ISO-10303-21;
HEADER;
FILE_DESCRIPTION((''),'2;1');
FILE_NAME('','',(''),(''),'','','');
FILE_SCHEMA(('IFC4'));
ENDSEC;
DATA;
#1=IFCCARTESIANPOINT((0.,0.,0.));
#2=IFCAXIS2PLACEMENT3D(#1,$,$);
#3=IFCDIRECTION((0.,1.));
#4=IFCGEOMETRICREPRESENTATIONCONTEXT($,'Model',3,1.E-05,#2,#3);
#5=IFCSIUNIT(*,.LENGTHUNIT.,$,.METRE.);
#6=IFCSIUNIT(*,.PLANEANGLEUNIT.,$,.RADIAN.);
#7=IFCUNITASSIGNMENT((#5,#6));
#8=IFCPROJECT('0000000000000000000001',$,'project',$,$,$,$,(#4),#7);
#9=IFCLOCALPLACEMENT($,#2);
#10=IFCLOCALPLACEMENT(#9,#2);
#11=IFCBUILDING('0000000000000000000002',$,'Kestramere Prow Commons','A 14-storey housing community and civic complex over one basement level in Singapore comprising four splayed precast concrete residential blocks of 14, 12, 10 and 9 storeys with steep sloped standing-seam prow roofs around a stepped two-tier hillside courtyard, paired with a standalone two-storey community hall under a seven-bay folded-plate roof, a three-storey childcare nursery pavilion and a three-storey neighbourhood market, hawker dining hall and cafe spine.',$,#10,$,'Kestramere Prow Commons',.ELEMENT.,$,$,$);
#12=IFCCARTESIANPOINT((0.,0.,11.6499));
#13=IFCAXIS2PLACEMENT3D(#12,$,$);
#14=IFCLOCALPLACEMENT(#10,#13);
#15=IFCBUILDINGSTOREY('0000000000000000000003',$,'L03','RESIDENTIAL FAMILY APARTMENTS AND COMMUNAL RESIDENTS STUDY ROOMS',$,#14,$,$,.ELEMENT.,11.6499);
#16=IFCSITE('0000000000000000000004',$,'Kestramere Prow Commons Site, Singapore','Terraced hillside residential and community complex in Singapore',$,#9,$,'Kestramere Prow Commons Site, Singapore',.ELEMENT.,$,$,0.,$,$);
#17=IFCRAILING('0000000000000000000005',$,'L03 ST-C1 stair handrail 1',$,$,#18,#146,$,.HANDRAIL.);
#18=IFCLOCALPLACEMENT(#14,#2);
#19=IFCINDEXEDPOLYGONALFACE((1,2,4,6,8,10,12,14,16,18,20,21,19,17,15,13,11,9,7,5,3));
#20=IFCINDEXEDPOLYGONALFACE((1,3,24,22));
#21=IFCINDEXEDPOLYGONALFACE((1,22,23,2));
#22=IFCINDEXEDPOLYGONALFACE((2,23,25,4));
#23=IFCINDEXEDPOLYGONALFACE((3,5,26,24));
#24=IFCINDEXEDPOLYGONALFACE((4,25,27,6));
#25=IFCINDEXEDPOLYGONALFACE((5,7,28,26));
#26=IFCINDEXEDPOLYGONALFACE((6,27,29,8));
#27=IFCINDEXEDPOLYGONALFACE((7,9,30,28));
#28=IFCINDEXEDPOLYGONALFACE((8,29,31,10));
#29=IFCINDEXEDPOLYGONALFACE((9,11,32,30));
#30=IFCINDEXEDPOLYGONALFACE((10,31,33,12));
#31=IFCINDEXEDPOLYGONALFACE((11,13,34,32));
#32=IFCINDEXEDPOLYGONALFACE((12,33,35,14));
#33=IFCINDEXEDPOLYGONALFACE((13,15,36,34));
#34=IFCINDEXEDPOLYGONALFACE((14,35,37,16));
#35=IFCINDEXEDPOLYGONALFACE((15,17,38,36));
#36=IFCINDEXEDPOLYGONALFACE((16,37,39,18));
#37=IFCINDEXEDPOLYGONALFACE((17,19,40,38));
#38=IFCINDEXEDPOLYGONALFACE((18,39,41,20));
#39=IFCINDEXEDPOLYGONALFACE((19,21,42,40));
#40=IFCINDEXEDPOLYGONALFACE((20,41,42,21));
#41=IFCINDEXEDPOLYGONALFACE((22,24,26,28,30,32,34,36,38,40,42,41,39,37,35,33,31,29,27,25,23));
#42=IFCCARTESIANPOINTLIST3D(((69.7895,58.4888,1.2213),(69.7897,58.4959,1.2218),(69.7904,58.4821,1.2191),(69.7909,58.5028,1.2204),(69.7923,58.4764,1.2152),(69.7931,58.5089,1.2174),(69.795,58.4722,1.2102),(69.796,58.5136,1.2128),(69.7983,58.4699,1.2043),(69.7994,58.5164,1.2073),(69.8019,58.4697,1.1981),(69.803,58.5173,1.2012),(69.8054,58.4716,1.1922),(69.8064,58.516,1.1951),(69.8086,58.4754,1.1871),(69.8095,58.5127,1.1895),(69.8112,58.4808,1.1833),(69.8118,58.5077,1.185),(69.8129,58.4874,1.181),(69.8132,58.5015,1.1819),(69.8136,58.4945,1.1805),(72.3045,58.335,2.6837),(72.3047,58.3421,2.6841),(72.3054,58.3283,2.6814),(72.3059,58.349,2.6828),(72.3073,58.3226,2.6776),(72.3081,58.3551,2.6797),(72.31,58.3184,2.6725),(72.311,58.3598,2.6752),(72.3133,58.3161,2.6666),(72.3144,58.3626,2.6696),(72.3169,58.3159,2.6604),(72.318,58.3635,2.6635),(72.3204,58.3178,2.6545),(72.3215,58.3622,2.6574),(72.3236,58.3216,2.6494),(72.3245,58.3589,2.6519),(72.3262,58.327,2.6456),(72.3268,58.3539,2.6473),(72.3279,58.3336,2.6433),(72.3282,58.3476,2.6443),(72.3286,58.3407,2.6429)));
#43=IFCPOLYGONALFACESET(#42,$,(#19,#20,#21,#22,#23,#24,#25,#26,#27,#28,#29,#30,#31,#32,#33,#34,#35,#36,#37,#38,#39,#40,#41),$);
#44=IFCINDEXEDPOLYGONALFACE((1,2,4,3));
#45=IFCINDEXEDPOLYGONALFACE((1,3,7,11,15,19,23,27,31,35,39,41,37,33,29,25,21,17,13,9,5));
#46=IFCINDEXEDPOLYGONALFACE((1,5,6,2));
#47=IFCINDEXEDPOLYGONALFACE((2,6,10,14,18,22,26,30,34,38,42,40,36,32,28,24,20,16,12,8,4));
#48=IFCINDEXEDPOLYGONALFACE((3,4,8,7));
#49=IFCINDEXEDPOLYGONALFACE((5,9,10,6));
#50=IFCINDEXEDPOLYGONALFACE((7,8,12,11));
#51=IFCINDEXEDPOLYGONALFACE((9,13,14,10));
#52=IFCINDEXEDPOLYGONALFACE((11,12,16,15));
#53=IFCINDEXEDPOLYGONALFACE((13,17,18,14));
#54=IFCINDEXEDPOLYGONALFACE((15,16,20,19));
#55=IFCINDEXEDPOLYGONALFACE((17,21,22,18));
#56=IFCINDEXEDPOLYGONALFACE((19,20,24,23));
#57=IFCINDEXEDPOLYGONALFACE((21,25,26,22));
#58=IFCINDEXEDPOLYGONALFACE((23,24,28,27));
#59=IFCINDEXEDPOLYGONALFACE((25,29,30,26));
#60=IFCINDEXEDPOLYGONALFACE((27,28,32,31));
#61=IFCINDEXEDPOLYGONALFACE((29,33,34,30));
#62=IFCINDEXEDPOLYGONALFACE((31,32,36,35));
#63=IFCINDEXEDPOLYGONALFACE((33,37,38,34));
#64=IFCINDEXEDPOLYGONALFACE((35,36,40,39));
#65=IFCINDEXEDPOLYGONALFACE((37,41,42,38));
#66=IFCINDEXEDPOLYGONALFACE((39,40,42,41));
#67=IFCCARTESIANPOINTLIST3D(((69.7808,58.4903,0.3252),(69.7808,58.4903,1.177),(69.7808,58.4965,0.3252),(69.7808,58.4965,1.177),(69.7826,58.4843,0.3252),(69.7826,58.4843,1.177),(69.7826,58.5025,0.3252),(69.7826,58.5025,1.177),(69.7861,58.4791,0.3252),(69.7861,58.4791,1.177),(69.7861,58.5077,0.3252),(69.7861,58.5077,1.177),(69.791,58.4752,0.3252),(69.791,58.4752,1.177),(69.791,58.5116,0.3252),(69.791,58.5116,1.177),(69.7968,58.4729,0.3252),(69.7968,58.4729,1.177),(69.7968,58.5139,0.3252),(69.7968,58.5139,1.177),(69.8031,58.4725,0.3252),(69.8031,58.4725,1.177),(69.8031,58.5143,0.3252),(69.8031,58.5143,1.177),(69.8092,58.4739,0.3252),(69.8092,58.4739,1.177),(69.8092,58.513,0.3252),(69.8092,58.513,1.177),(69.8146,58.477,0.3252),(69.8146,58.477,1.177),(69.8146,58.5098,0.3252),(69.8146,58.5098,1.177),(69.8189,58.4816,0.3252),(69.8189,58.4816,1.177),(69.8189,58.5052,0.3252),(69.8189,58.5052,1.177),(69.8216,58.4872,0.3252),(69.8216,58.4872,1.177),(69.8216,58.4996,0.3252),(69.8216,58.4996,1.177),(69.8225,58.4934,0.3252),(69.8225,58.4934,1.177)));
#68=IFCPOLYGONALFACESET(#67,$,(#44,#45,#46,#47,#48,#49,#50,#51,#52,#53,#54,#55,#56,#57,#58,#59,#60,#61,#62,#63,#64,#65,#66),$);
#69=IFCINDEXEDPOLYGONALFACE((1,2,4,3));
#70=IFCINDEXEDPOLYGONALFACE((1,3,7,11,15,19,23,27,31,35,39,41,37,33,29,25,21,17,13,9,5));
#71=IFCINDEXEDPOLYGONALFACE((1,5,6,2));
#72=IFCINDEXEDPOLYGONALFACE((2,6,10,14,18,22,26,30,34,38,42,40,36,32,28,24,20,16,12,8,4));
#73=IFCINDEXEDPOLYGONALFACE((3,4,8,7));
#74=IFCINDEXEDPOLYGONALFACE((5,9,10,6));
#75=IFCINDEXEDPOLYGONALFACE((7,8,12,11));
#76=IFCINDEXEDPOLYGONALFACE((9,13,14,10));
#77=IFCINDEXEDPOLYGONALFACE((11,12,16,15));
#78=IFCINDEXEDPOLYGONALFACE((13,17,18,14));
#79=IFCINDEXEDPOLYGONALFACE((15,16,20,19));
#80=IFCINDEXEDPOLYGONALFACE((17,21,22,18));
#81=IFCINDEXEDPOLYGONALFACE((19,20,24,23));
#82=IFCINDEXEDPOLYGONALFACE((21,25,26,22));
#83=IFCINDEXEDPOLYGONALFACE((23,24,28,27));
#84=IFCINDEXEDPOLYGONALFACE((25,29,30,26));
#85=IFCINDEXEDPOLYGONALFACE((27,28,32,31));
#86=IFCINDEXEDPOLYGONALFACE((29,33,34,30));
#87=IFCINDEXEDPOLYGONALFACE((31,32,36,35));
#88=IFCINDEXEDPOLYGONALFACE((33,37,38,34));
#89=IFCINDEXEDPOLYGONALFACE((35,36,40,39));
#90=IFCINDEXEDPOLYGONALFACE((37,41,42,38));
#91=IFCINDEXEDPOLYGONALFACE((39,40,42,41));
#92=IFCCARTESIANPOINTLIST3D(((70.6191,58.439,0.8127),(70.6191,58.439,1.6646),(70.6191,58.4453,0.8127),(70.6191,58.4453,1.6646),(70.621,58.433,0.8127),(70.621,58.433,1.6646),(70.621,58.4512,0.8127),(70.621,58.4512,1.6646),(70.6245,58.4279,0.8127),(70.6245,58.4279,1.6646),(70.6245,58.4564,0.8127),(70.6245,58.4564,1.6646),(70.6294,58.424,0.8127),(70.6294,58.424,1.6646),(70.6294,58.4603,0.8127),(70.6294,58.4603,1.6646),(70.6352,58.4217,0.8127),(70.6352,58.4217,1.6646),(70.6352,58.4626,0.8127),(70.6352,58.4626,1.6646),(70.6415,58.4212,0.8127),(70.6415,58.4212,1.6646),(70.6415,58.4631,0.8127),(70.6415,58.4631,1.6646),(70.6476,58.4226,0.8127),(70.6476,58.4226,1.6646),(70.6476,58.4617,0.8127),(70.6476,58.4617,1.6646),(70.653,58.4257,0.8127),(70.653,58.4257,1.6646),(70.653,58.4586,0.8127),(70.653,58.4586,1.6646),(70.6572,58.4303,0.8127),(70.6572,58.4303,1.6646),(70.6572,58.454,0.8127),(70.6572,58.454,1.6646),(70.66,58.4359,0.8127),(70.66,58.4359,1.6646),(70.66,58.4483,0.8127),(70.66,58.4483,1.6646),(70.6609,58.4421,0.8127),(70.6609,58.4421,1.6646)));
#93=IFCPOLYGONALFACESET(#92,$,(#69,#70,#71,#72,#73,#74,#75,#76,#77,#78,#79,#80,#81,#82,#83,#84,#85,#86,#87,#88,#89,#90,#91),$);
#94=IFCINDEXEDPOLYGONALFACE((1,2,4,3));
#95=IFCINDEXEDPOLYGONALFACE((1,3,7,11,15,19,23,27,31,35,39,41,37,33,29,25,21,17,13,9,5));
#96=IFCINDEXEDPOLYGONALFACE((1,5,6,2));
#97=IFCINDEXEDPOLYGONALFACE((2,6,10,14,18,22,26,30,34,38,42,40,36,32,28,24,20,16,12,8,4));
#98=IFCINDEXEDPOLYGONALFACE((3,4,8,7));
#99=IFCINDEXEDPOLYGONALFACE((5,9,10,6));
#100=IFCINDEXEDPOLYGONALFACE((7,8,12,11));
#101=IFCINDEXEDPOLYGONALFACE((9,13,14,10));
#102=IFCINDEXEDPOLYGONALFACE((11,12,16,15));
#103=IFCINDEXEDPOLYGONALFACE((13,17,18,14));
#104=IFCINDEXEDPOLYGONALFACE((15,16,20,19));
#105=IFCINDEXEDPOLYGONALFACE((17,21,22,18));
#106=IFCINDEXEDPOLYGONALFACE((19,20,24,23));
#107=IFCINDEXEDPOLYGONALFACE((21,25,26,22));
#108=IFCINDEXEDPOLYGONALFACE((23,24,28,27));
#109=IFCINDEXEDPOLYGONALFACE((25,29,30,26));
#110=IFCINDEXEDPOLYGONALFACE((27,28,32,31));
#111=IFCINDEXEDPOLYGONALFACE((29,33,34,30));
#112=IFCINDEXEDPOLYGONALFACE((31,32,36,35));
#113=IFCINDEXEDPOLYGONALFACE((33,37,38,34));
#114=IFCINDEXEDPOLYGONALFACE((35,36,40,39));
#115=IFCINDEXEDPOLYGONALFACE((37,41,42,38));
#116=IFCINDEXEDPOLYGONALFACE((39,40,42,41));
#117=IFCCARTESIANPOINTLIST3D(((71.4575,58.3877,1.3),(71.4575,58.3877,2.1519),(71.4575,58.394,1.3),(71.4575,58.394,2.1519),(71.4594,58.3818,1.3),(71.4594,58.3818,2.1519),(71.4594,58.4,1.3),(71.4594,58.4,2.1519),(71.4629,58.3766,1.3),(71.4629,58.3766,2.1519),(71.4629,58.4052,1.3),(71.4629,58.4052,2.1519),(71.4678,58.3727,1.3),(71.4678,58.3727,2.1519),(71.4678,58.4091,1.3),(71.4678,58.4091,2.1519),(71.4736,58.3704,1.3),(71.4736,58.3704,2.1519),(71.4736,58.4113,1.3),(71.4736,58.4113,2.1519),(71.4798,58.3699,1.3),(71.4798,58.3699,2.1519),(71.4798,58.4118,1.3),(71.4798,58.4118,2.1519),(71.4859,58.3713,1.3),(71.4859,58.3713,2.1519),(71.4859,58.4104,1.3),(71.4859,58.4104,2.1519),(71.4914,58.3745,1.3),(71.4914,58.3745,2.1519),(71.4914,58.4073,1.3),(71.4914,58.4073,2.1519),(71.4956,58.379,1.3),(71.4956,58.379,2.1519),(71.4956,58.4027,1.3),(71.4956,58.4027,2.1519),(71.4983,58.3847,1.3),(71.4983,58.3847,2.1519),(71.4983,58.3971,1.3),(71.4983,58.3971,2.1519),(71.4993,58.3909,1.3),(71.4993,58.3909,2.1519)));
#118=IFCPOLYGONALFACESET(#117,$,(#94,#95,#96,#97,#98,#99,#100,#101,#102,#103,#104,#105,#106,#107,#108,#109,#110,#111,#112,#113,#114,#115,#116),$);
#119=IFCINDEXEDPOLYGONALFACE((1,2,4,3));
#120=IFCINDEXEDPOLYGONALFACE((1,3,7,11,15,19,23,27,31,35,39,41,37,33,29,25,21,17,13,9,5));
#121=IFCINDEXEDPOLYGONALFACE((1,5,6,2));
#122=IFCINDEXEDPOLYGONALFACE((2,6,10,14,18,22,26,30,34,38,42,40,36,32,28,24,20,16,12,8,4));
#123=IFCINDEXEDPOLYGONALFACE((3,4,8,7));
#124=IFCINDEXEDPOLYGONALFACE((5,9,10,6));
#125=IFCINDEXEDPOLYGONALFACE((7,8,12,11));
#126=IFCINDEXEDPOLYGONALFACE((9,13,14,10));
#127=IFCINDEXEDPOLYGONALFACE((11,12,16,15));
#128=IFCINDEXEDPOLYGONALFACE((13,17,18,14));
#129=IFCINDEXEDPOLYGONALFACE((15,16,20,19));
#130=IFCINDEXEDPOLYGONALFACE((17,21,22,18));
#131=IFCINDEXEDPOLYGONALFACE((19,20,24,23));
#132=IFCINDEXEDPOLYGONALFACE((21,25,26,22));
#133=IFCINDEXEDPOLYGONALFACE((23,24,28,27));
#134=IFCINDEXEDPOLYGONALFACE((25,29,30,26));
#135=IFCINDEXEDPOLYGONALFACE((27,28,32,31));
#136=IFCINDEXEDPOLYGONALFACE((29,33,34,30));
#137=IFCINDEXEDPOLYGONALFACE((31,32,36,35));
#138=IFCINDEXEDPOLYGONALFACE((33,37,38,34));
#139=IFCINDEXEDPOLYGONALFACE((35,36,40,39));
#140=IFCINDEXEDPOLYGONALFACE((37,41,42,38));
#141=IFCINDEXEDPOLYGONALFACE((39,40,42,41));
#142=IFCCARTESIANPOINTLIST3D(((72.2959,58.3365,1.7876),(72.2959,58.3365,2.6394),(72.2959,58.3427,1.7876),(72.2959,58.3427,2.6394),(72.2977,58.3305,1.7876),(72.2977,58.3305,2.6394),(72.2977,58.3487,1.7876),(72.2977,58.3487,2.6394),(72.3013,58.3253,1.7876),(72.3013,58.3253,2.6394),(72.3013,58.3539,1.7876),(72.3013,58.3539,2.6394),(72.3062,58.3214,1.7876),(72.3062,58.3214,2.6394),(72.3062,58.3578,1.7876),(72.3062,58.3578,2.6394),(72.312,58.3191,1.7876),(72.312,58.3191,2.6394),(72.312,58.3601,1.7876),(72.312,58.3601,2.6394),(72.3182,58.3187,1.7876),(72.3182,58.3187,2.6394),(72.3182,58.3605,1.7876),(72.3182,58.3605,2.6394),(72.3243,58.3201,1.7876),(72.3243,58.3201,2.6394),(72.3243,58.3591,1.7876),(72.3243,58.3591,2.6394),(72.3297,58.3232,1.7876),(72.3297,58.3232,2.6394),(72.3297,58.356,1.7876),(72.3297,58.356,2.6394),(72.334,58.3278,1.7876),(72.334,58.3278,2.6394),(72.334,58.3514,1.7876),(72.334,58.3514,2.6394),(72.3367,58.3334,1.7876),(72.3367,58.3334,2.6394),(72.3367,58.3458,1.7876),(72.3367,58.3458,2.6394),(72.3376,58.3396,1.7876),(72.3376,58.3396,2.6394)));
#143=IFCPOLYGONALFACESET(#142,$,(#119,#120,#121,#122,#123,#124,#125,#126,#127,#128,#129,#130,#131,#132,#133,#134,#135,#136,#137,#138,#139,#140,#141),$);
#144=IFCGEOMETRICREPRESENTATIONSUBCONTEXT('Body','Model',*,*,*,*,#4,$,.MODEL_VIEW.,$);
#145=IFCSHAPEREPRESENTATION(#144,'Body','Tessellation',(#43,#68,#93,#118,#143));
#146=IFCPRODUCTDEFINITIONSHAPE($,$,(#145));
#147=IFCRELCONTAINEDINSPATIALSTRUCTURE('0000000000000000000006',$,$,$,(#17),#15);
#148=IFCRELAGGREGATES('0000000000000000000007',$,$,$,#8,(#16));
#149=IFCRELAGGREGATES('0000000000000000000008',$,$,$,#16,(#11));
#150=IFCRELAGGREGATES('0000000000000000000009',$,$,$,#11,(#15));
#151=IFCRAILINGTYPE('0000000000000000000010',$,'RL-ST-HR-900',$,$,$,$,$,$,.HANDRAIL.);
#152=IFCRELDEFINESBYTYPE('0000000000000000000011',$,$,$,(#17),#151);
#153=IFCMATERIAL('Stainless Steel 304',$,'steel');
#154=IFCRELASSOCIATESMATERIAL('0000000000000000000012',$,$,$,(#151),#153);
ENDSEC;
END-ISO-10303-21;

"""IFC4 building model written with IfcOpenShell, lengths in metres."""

from ifc_helpers import new_model, si_unit, direction, frame, origin, origin_2d, place, context, subcontext, project, spatial, circle, extrude, material, type_object, element, save


model = new_model("IFC4")

# Units and contexts
model_context = context("Model", 3, precision=1e-05, world=origin(), true_north=direction((0.0, 1.0)))
body_context = subcontext(model_context, "Body", "Model", "MODEL_VIEW")
ifc_project = project(units=[si_unit("LENGTHUNIT", "METRE"), si_unit("PLANEANGLEUNIT", "RADIAN")], contexts=[model_context])

# Site, building, storey
site_placement = place(None, origin())
site = spatial("IfcSite", under=ifc_project, at=site_placement, Name="Kestramere Prow Commons Site, Singapore", Description="Terraced hillside residential and community complex in Singapore", LongName="Kestramere Prow Commons Site, Singapore", CompositionType="ELEMENT", RefElevation=0.0)
building_placement = place(site_placement, origin())
building = spatial("IfcBuilding", under=site, at=building_placement, Name="Kestramere Prow Commons", Description="A 14-storey housing community and civic complex over one basement level in Singapore comprising four splayed precast concrete residential blocks of 14, 12, 10 and 9 storeys with steep sloped standing-seam prow roofs around a stepped two-tier hillside courtyard, paired with a standalone two-storey community hall under a seven-bay folded-plate roof, a three-storey childcare nursery pavilion and a three-storey neighbourhood market, hawker dining hall and cafe spine.", LongName="Kestramere Prow Commons", CompositionType="ELEMENT")
storey_placement = place(building_placement, frame((0.0, 0.0, 11.6499)))
storey = spatial("IfcBuildingStorey", under=building, at=storey_placement, Name="L03", Description="RESIDENTIAL FAMILY APARTMENTS AND COMMUNAL RESIDENTS STUDY ROOMS", CompositionType="ELEMENT", Elevation=11.6499)

# Railing
ifc_material_1 = material(Name="Stainless Steel 304", Category="steel")
railing_type = type_object("IfcRailingType", Name="RL-ST-HR-900", PredefinedType="HANDRAIL", material=ifc_material_1)
railing_placement = place(storey_placement, frame((69.8015, 58.4934, 0.3252)))
element("IfcRailing", 1, at=railing_placement, inside=storey, type_object=railing_type, Name="L03 ST-C1 stair handrail 1", PredefinedType="HANDRAIL", context=body_context, shape_type="SweptSolid", body=[
    extrude(circle(Radius=0.0239, at=origin_2d()), frame((0.0, 0.0, 0.876), z_axis=(0.863285, -0.052793, 0.501949), x_axis=(0.061039, 0.998135, 0.0)), (0.0, 0.0, 1.0), 2.9133),
    extrude(circle(Radius=0.021, at=origin_2d()), origin(), (0.0, 0.0, 1.0), 0.8518),
    extrude(circle(Radius=0.021, at=origin_2d()), frame((0.8384, -0.0513, 0.4875)), (0.0, 0.0, 1.0), 0.8518),
    extrude(circle(Radius=0.021, at=origin_2d()), frame((1.6768, -0.1025, 0.9749)), (0.0, 0.0, 1.0), 0.8518),
    extrude(circle(Radius=0.021, at=origin_2d()), frame((2.5151, -0.1538, 1.4624)), (0.0, 0.0, 1.0), 0.8518),
])

save(model, "model.ifc")
